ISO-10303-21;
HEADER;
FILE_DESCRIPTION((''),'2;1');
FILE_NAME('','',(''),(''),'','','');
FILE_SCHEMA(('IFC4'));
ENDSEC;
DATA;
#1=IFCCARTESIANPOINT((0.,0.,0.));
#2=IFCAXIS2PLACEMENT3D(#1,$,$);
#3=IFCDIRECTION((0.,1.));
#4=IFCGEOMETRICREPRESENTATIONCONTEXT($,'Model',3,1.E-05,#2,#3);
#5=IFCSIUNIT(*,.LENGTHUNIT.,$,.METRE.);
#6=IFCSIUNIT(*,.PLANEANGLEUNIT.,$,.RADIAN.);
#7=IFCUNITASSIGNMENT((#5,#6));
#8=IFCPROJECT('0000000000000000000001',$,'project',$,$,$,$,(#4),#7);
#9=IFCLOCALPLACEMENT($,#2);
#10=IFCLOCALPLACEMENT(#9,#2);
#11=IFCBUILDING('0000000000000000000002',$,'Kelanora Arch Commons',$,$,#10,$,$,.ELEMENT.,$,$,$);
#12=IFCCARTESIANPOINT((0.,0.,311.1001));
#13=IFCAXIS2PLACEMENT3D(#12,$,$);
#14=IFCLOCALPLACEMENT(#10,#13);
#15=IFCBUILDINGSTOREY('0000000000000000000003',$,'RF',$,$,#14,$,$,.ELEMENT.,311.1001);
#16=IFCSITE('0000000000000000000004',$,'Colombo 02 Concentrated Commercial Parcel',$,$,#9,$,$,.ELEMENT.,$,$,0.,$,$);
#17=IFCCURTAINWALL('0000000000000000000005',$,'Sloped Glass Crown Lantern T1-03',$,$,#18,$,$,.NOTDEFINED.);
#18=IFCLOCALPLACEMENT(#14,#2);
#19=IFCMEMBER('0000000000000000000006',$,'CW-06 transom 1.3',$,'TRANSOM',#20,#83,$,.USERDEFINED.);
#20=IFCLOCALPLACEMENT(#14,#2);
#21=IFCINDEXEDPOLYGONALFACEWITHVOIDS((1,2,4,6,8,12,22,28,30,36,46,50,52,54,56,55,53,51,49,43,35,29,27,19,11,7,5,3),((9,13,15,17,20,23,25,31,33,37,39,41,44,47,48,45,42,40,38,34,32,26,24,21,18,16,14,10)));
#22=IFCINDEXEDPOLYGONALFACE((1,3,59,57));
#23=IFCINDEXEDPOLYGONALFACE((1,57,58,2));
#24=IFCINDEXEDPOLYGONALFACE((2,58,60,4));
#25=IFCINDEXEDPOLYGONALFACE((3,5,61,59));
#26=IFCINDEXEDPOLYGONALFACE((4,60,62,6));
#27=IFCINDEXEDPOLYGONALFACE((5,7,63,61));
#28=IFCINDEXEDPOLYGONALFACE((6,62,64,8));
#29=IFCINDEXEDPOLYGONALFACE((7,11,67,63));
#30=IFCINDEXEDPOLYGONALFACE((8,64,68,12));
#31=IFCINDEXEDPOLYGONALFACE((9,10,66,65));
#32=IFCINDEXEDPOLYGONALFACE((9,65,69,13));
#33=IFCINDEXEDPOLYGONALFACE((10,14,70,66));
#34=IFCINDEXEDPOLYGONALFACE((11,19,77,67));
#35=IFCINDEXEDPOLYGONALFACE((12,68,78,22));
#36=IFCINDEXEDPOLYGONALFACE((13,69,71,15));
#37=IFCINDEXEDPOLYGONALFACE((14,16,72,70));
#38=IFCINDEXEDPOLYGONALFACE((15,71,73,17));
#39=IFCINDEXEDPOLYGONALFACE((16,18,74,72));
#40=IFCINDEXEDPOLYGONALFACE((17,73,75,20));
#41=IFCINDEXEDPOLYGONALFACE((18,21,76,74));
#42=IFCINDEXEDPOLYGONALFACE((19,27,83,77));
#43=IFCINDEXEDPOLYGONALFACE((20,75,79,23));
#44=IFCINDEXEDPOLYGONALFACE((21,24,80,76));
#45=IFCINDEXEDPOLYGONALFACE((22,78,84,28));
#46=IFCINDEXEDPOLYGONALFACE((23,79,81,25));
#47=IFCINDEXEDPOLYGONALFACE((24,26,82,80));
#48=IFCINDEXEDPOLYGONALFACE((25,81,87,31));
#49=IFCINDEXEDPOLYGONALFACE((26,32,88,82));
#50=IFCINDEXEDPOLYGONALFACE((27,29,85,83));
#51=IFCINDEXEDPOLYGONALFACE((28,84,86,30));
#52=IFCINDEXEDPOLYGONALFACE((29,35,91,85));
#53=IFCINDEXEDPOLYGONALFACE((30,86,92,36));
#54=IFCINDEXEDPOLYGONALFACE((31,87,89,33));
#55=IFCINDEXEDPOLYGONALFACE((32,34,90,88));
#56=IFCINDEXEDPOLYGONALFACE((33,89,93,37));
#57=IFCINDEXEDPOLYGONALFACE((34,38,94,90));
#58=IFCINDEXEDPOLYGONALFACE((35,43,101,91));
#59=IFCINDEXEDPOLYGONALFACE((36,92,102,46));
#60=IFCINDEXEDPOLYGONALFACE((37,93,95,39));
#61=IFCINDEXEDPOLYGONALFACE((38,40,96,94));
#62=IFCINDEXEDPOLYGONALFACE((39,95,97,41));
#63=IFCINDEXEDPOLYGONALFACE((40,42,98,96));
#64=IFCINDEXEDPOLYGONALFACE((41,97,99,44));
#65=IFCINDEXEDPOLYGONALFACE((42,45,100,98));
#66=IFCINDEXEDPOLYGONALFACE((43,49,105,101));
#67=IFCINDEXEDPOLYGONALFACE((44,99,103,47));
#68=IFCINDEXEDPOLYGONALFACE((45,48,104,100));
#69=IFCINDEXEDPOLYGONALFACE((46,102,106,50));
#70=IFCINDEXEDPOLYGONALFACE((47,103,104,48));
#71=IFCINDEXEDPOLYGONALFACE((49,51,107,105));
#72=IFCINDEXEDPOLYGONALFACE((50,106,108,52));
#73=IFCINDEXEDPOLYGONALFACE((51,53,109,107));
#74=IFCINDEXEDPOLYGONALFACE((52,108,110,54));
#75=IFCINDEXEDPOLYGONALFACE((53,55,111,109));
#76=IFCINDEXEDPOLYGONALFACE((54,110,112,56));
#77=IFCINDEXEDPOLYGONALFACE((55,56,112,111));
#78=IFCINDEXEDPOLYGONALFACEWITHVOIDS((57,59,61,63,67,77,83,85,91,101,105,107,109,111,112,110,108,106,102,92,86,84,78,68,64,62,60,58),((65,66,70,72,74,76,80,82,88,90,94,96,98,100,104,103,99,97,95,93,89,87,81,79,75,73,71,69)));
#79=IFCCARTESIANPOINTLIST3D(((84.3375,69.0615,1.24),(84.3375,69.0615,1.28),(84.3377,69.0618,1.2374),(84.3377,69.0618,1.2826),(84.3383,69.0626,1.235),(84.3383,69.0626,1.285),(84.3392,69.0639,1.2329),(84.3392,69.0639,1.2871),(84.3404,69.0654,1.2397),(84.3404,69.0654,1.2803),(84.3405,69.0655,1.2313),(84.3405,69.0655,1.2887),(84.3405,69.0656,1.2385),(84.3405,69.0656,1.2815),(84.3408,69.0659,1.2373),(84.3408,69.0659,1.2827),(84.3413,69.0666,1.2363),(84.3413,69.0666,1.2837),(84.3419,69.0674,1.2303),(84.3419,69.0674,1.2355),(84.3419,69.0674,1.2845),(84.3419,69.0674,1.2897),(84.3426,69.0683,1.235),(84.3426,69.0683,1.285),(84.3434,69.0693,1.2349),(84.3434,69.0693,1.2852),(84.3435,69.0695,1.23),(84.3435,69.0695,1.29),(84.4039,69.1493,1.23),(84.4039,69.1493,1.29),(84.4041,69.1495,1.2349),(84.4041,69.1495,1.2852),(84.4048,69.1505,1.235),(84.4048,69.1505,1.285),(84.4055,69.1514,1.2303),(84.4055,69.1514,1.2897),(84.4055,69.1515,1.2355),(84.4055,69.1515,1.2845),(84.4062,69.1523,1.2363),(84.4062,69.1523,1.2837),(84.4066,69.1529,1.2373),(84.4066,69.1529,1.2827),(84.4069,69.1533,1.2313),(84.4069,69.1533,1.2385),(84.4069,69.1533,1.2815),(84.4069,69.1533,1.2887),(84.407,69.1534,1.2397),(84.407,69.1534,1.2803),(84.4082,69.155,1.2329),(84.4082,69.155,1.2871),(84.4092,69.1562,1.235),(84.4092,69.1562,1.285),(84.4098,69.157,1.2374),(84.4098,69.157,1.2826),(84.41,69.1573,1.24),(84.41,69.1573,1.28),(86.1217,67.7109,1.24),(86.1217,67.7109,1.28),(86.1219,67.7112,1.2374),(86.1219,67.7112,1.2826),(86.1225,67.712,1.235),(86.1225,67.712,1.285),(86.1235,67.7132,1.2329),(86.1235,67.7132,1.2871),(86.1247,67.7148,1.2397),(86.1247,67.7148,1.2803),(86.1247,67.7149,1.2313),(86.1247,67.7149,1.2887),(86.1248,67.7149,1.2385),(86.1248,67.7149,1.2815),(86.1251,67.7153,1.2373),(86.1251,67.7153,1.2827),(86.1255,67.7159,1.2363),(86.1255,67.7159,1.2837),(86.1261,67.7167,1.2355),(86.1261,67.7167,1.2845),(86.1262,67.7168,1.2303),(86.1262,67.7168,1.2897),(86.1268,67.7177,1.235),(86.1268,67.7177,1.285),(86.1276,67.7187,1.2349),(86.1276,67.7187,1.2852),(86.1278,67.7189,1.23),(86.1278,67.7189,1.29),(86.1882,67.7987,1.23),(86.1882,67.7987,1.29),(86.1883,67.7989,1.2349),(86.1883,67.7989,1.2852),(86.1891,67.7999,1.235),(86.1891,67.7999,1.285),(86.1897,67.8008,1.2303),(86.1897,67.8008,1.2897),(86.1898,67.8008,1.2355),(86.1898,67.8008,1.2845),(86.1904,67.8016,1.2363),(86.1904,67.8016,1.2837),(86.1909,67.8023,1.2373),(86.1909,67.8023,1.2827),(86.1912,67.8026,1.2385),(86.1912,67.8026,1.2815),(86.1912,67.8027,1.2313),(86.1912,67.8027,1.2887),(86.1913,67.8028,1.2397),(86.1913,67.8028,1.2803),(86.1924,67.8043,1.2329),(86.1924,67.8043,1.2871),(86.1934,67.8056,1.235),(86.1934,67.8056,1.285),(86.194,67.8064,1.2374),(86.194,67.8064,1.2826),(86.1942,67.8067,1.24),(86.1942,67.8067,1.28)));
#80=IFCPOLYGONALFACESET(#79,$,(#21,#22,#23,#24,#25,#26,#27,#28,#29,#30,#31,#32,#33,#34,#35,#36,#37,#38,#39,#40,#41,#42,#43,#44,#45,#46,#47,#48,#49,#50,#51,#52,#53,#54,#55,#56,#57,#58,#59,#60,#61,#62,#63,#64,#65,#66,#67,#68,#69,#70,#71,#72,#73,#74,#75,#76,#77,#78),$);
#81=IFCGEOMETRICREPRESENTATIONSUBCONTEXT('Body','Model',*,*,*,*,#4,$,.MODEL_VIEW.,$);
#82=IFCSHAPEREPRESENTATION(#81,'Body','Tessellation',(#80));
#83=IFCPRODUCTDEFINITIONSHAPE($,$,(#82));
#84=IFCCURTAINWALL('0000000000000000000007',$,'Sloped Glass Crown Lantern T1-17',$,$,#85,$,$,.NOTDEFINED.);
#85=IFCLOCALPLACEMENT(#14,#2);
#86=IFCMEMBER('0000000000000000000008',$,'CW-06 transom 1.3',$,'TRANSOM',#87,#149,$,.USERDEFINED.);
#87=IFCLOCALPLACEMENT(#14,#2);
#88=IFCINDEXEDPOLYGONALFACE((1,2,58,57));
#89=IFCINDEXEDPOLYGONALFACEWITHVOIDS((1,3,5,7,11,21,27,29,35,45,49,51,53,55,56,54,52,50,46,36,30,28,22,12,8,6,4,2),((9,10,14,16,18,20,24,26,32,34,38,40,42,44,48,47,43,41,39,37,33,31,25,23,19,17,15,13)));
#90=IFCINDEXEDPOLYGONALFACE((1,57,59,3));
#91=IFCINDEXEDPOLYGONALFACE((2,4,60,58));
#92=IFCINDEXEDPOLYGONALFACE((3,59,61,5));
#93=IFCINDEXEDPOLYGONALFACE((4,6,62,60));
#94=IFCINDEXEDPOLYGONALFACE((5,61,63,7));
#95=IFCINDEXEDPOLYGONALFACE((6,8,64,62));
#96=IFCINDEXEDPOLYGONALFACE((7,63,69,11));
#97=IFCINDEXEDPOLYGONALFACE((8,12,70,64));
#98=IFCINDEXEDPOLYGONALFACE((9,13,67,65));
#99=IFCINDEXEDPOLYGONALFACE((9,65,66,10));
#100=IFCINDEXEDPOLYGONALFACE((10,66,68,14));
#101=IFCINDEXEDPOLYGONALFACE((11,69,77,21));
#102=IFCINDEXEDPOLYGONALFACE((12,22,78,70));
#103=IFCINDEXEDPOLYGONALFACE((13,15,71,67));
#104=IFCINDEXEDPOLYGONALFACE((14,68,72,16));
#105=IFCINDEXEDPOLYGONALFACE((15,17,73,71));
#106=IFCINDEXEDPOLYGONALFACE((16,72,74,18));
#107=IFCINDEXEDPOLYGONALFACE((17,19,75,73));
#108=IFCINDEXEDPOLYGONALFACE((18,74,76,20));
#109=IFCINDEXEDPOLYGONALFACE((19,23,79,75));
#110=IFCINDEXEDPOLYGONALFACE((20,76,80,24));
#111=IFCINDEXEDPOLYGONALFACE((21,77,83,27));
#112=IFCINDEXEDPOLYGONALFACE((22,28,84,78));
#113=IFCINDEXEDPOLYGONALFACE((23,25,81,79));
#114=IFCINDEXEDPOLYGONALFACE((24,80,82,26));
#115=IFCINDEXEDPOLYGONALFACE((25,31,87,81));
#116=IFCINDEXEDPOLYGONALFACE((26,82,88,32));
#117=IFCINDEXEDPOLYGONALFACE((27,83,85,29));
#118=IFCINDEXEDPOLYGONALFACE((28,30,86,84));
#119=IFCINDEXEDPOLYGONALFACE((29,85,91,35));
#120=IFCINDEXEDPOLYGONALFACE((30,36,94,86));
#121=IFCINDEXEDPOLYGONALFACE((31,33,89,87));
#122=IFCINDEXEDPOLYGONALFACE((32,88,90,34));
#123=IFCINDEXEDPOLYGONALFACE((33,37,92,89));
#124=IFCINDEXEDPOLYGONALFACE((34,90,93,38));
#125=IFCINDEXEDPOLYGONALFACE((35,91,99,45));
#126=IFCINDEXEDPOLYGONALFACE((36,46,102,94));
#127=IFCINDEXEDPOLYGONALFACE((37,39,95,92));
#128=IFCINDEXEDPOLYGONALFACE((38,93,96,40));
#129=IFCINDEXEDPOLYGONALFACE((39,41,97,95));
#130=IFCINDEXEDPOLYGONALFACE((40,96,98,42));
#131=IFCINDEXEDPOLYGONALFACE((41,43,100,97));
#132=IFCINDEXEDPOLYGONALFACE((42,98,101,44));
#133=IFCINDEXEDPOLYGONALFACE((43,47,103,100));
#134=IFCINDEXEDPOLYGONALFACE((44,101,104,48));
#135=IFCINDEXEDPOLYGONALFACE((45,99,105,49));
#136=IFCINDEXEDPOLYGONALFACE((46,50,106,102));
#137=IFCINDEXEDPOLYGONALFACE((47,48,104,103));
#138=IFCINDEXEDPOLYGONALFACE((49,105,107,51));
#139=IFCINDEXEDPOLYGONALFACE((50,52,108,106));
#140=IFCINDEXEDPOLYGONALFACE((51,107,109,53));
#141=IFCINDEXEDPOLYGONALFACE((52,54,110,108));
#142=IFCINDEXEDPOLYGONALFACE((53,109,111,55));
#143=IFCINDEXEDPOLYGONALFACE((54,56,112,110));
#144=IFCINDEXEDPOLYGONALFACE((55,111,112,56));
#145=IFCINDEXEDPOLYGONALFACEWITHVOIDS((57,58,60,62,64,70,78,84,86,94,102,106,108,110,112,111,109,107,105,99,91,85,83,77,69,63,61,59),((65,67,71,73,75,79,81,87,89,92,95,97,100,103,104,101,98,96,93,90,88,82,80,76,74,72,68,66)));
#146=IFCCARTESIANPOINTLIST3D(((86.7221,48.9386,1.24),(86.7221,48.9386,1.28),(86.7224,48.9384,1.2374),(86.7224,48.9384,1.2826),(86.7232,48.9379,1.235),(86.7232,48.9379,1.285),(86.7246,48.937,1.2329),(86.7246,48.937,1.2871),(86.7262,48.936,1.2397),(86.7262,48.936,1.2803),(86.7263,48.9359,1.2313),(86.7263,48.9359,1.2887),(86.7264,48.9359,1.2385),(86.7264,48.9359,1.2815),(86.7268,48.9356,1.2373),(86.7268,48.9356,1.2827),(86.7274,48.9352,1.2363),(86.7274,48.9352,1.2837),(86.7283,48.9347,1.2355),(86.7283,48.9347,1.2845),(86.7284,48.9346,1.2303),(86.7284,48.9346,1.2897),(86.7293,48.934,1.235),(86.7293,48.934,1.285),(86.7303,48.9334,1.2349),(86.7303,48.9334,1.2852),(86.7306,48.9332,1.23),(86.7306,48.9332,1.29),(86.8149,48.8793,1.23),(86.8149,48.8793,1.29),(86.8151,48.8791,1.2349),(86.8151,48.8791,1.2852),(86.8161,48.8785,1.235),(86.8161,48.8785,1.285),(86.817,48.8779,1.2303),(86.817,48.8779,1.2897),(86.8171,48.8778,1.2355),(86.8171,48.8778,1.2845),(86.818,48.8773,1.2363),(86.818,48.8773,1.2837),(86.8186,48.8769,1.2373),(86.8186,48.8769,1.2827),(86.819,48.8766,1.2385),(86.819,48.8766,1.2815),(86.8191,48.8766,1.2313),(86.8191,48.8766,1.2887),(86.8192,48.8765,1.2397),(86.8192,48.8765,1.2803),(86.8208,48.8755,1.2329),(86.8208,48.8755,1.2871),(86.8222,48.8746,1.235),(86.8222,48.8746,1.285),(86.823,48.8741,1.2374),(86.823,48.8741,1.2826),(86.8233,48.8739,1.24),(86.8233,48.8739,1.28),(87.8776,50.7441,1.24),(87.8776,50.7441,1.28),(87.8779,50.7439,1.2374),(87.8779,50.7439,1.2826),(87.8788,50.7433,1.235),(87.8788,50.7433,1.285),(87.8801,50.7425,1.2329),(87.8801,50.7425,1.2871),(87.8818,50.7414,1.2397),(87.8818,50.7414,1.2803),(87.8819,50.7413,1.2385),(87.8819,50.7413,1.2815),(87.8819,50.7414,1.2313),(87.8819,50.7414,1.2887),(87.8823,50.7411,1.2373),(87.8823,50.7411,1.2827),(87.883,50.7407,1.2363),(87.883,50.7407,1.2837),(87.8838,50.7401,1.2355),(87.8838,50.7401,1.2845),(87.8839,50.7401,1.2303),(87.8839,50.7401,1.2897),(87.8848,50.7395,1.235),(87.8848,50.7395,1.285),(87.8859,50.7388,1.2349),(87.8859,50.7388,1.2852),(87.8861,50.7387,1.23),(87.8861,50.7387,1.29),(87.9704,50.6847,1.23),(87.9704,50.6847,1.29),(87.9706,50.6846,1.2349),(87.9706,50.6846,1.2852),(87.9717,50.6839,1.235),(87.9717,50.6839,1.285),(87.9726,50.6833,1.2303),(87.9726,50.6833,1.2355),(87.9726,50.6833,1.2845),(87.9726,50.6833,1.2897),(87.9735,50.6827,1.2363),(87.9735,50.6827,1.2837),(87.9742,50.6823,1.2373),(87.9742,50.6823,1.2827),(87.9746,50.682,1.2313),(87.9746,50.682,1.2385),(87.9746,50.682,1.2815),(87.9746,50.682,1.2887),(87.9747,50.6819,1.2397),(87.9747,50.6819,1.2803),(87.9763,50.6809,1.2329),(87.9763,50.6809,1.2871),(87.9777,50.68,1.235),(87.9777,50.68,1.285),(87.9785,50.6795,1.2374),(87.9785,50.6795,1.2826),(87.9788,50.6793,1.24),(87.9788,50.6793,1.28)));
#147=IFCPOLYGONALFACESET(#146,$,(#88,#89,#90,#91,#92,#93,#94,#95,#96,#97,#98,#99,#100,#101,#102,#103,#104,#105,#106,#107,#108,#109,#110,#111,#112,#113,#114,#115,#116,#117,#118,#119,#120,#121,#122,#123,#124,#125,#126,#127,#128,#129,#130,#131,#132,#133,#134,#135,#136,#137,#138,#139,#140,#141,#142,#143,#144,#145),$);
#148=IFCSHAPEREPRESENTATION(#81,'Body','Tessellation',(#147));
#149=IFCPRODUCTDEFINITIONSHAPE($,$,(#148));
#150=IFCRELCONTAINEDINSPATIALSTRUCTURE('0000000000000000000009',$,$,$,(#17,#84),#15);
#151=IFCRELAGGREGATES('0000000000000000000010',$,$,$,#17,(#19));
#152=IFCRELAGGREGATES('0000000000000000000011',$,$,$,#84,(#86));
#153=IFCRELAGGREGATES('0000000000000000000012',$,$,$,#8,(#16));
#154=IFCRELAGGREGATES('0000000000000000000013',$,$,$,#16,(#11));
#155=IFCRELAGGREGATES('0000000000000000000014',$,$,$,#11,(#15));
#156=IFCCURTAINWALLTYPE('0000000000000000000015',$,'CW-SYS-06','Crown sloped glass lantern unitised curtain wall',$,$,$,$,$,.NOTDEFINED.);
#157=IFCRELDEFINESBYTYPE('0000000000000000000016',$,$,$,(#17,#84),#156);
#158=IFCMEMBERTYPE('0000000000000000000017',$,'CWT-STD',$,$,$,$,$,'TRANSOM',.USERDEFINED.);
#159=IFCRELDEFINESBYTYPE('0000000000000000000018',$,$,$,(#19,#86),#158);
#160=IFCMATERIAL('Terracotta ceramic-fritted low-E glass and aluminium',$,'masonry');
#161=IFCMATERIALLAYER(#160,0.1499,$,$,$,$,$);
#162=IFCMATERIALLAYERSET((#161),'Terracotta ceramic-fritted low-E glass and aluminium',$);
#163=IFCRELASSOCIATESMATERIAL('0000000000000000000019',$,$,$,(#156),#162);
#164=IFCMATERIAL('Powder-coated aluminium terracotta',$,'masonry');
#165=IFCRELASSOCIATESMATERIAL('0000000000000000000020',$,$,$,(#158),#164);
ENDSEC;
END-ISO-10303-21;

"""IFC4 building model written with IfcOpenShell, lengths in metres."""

from ifc_helpers import new_model, si_unit, direction, frame, origin, origin_2d, place, context, subcontext, project, spatial, hollow_rectangle, extrude, material, layer, layer_set, material_profile, profile_set, type_object, element, aggregate, save


model = new_model("IFC4")

# Units and contexts
model_context = context("Model", 3, precision=1e-05, world=origin(), true_north=direction((0.0, 1.0)))
body_context = subcontext(model_context, "Body", "Model", "MODEL_VIEW")
ifc_project = project(units=[si_unit("LENGTHUNIT", "METRE"), si_unit("PLANEANGLEUNIT", "RADIAN")], contexts=[model_context])

# Site, building, storey
site_placement = place(None, origin())
site = spatial("IfcSite", under=ifc_project, at=site_placement, Name="Colombo 02 Concentrated Commercial Parcel", CompositionType="ELEMENT", RefElevation=0.0)
building_placement = place(site_placement, origin())
building = spatial("IfcBuilding", under=site, at=building_placement, Name="Kelanora Arch Commons", CompositionType="ELEMENT")
storey_placement = place(building_placement, frame((0.0, 0.0, 311.1001)))
storey = spatial("IfcBuildingStorey", under=building, at=storey_placement, Name="RF", CompositionType="ELEMENT", Elevation=311.1001)

# Shared definitions
ifc_material_1 = material(Name="Terracotta ceramic-fritted low-E glass and aluminium", Category="masonry")
ifc_layer_1 = layer(ifc_material_1, 0.1499)
ifc_layer_set_1 = layer_set([ifc_layer_1], Name="Terracotta ceramic-fritted low-E glass and aluminium")
curtain_wall_type = type_object("IfcCurtainWallType", Name="CW-SYS-06", Description="Crown sloped glass lantern unitised curtain wall", PredefinedType="NOTDEFINED", material=ifc_layer_set_1)
ifc_material_2 = material(Name="Powder-coated aluminium terracotta", Category="masonry")
ifc_material_profile_1 = material_profile(ifc_material_2, hollow_rectangle(XDim=0.1201, YDim=0.0601, WallThickness=0.0049, InnerFilletRadius=0.0049, OuterFilletRadius=0.01, at=origin_2d()), Name="CWT120x60")
ifc_profile_set_1 = profile_set([ifc_material_profile_1], Name="Powder-coated aluminium terracotta")
member_type_1 = type_object("IfcMemberType", Name="CWT-STD", ElementType="TRANSOM", PredefinedType="USERDEFINED", material=ifc_profile_set_1)

# Curtain wall, member
curtain_wall_1_placement = place(storey_placement, origin())
curtain_wall_1 = element("IfcCurtainWall", 1, at=curtain_wall_1_placement, inside=storey, type_object=curtain_wall_type, Name="Sloped Glass Crown Lantern T1-03", PredefinedType="NOTDEFINED")
member_1_placement = place(storey_placement, frame((86.158, 67.7588, 1.26), z_axis=(-0.797321, 0.603555, 0.0), x_axis=(-0.603555, -0.797321, 0.0)))
member_1 = element("IfcMember", 2, at=member_1_placement, type_object=member_type_1, Name="CW-06 transom 1.3", ObjectType="TRANSOM", PredefinedType="USERDEFINED", context=body_context, shape_type="SweptSolid", body=[
    extrude(hollow_rectangle(XDim=0.1201, YDim=0.0601, WallThickness=0.0049, InnerFilletRadius=0.0049, OuterFilletRadius=0.01, at=origin_2d()), origin(), (0.0, 0.0, 1.0), 2.2378),
])
aggregate(curtain_wall_1, [member_1])

# Curtain wall, member
curtain_wall_2_placement = place(storey_placement, origin())
curtain_wall_2 = element("IfcCurtainWall", 3, at=curtain_wall_2_placement, inside=storey, type_object=curtain_wall_type, Name="Sloped Glass Crown Lantern T1-17", PredefinedType="NOTDEFINED")
member_2_placement = place(storey_placement, frame((86.7727, 48.9062, 1.26), z_axis=(0.53907, 0.842261, 0.0), x_axis=(-0.842261, 0.53907, 0.0)))
member_2 = element("IfcMember", 4, at=member_2_placement, type_object=member_type_1, Name="CW-06 transom 1.3", ObjectType="TRANSOM", PredefinedType="USERDEFINED", context=body_context, shape_type="SweptSolid", body=[
    extrude(hollow_rectangle(XDim=0.1201, YDim=0.0601, WallThickness=0.0049, InnerFilletRadius=0.0049, OuterFilletRadius=0.01, at=origin_2d()), origin(), (0.0, 0.0, 1.0), 2.1436),
])
aggregate(curtain_wall_2, [member_2])

save(model, "model.ifc")
